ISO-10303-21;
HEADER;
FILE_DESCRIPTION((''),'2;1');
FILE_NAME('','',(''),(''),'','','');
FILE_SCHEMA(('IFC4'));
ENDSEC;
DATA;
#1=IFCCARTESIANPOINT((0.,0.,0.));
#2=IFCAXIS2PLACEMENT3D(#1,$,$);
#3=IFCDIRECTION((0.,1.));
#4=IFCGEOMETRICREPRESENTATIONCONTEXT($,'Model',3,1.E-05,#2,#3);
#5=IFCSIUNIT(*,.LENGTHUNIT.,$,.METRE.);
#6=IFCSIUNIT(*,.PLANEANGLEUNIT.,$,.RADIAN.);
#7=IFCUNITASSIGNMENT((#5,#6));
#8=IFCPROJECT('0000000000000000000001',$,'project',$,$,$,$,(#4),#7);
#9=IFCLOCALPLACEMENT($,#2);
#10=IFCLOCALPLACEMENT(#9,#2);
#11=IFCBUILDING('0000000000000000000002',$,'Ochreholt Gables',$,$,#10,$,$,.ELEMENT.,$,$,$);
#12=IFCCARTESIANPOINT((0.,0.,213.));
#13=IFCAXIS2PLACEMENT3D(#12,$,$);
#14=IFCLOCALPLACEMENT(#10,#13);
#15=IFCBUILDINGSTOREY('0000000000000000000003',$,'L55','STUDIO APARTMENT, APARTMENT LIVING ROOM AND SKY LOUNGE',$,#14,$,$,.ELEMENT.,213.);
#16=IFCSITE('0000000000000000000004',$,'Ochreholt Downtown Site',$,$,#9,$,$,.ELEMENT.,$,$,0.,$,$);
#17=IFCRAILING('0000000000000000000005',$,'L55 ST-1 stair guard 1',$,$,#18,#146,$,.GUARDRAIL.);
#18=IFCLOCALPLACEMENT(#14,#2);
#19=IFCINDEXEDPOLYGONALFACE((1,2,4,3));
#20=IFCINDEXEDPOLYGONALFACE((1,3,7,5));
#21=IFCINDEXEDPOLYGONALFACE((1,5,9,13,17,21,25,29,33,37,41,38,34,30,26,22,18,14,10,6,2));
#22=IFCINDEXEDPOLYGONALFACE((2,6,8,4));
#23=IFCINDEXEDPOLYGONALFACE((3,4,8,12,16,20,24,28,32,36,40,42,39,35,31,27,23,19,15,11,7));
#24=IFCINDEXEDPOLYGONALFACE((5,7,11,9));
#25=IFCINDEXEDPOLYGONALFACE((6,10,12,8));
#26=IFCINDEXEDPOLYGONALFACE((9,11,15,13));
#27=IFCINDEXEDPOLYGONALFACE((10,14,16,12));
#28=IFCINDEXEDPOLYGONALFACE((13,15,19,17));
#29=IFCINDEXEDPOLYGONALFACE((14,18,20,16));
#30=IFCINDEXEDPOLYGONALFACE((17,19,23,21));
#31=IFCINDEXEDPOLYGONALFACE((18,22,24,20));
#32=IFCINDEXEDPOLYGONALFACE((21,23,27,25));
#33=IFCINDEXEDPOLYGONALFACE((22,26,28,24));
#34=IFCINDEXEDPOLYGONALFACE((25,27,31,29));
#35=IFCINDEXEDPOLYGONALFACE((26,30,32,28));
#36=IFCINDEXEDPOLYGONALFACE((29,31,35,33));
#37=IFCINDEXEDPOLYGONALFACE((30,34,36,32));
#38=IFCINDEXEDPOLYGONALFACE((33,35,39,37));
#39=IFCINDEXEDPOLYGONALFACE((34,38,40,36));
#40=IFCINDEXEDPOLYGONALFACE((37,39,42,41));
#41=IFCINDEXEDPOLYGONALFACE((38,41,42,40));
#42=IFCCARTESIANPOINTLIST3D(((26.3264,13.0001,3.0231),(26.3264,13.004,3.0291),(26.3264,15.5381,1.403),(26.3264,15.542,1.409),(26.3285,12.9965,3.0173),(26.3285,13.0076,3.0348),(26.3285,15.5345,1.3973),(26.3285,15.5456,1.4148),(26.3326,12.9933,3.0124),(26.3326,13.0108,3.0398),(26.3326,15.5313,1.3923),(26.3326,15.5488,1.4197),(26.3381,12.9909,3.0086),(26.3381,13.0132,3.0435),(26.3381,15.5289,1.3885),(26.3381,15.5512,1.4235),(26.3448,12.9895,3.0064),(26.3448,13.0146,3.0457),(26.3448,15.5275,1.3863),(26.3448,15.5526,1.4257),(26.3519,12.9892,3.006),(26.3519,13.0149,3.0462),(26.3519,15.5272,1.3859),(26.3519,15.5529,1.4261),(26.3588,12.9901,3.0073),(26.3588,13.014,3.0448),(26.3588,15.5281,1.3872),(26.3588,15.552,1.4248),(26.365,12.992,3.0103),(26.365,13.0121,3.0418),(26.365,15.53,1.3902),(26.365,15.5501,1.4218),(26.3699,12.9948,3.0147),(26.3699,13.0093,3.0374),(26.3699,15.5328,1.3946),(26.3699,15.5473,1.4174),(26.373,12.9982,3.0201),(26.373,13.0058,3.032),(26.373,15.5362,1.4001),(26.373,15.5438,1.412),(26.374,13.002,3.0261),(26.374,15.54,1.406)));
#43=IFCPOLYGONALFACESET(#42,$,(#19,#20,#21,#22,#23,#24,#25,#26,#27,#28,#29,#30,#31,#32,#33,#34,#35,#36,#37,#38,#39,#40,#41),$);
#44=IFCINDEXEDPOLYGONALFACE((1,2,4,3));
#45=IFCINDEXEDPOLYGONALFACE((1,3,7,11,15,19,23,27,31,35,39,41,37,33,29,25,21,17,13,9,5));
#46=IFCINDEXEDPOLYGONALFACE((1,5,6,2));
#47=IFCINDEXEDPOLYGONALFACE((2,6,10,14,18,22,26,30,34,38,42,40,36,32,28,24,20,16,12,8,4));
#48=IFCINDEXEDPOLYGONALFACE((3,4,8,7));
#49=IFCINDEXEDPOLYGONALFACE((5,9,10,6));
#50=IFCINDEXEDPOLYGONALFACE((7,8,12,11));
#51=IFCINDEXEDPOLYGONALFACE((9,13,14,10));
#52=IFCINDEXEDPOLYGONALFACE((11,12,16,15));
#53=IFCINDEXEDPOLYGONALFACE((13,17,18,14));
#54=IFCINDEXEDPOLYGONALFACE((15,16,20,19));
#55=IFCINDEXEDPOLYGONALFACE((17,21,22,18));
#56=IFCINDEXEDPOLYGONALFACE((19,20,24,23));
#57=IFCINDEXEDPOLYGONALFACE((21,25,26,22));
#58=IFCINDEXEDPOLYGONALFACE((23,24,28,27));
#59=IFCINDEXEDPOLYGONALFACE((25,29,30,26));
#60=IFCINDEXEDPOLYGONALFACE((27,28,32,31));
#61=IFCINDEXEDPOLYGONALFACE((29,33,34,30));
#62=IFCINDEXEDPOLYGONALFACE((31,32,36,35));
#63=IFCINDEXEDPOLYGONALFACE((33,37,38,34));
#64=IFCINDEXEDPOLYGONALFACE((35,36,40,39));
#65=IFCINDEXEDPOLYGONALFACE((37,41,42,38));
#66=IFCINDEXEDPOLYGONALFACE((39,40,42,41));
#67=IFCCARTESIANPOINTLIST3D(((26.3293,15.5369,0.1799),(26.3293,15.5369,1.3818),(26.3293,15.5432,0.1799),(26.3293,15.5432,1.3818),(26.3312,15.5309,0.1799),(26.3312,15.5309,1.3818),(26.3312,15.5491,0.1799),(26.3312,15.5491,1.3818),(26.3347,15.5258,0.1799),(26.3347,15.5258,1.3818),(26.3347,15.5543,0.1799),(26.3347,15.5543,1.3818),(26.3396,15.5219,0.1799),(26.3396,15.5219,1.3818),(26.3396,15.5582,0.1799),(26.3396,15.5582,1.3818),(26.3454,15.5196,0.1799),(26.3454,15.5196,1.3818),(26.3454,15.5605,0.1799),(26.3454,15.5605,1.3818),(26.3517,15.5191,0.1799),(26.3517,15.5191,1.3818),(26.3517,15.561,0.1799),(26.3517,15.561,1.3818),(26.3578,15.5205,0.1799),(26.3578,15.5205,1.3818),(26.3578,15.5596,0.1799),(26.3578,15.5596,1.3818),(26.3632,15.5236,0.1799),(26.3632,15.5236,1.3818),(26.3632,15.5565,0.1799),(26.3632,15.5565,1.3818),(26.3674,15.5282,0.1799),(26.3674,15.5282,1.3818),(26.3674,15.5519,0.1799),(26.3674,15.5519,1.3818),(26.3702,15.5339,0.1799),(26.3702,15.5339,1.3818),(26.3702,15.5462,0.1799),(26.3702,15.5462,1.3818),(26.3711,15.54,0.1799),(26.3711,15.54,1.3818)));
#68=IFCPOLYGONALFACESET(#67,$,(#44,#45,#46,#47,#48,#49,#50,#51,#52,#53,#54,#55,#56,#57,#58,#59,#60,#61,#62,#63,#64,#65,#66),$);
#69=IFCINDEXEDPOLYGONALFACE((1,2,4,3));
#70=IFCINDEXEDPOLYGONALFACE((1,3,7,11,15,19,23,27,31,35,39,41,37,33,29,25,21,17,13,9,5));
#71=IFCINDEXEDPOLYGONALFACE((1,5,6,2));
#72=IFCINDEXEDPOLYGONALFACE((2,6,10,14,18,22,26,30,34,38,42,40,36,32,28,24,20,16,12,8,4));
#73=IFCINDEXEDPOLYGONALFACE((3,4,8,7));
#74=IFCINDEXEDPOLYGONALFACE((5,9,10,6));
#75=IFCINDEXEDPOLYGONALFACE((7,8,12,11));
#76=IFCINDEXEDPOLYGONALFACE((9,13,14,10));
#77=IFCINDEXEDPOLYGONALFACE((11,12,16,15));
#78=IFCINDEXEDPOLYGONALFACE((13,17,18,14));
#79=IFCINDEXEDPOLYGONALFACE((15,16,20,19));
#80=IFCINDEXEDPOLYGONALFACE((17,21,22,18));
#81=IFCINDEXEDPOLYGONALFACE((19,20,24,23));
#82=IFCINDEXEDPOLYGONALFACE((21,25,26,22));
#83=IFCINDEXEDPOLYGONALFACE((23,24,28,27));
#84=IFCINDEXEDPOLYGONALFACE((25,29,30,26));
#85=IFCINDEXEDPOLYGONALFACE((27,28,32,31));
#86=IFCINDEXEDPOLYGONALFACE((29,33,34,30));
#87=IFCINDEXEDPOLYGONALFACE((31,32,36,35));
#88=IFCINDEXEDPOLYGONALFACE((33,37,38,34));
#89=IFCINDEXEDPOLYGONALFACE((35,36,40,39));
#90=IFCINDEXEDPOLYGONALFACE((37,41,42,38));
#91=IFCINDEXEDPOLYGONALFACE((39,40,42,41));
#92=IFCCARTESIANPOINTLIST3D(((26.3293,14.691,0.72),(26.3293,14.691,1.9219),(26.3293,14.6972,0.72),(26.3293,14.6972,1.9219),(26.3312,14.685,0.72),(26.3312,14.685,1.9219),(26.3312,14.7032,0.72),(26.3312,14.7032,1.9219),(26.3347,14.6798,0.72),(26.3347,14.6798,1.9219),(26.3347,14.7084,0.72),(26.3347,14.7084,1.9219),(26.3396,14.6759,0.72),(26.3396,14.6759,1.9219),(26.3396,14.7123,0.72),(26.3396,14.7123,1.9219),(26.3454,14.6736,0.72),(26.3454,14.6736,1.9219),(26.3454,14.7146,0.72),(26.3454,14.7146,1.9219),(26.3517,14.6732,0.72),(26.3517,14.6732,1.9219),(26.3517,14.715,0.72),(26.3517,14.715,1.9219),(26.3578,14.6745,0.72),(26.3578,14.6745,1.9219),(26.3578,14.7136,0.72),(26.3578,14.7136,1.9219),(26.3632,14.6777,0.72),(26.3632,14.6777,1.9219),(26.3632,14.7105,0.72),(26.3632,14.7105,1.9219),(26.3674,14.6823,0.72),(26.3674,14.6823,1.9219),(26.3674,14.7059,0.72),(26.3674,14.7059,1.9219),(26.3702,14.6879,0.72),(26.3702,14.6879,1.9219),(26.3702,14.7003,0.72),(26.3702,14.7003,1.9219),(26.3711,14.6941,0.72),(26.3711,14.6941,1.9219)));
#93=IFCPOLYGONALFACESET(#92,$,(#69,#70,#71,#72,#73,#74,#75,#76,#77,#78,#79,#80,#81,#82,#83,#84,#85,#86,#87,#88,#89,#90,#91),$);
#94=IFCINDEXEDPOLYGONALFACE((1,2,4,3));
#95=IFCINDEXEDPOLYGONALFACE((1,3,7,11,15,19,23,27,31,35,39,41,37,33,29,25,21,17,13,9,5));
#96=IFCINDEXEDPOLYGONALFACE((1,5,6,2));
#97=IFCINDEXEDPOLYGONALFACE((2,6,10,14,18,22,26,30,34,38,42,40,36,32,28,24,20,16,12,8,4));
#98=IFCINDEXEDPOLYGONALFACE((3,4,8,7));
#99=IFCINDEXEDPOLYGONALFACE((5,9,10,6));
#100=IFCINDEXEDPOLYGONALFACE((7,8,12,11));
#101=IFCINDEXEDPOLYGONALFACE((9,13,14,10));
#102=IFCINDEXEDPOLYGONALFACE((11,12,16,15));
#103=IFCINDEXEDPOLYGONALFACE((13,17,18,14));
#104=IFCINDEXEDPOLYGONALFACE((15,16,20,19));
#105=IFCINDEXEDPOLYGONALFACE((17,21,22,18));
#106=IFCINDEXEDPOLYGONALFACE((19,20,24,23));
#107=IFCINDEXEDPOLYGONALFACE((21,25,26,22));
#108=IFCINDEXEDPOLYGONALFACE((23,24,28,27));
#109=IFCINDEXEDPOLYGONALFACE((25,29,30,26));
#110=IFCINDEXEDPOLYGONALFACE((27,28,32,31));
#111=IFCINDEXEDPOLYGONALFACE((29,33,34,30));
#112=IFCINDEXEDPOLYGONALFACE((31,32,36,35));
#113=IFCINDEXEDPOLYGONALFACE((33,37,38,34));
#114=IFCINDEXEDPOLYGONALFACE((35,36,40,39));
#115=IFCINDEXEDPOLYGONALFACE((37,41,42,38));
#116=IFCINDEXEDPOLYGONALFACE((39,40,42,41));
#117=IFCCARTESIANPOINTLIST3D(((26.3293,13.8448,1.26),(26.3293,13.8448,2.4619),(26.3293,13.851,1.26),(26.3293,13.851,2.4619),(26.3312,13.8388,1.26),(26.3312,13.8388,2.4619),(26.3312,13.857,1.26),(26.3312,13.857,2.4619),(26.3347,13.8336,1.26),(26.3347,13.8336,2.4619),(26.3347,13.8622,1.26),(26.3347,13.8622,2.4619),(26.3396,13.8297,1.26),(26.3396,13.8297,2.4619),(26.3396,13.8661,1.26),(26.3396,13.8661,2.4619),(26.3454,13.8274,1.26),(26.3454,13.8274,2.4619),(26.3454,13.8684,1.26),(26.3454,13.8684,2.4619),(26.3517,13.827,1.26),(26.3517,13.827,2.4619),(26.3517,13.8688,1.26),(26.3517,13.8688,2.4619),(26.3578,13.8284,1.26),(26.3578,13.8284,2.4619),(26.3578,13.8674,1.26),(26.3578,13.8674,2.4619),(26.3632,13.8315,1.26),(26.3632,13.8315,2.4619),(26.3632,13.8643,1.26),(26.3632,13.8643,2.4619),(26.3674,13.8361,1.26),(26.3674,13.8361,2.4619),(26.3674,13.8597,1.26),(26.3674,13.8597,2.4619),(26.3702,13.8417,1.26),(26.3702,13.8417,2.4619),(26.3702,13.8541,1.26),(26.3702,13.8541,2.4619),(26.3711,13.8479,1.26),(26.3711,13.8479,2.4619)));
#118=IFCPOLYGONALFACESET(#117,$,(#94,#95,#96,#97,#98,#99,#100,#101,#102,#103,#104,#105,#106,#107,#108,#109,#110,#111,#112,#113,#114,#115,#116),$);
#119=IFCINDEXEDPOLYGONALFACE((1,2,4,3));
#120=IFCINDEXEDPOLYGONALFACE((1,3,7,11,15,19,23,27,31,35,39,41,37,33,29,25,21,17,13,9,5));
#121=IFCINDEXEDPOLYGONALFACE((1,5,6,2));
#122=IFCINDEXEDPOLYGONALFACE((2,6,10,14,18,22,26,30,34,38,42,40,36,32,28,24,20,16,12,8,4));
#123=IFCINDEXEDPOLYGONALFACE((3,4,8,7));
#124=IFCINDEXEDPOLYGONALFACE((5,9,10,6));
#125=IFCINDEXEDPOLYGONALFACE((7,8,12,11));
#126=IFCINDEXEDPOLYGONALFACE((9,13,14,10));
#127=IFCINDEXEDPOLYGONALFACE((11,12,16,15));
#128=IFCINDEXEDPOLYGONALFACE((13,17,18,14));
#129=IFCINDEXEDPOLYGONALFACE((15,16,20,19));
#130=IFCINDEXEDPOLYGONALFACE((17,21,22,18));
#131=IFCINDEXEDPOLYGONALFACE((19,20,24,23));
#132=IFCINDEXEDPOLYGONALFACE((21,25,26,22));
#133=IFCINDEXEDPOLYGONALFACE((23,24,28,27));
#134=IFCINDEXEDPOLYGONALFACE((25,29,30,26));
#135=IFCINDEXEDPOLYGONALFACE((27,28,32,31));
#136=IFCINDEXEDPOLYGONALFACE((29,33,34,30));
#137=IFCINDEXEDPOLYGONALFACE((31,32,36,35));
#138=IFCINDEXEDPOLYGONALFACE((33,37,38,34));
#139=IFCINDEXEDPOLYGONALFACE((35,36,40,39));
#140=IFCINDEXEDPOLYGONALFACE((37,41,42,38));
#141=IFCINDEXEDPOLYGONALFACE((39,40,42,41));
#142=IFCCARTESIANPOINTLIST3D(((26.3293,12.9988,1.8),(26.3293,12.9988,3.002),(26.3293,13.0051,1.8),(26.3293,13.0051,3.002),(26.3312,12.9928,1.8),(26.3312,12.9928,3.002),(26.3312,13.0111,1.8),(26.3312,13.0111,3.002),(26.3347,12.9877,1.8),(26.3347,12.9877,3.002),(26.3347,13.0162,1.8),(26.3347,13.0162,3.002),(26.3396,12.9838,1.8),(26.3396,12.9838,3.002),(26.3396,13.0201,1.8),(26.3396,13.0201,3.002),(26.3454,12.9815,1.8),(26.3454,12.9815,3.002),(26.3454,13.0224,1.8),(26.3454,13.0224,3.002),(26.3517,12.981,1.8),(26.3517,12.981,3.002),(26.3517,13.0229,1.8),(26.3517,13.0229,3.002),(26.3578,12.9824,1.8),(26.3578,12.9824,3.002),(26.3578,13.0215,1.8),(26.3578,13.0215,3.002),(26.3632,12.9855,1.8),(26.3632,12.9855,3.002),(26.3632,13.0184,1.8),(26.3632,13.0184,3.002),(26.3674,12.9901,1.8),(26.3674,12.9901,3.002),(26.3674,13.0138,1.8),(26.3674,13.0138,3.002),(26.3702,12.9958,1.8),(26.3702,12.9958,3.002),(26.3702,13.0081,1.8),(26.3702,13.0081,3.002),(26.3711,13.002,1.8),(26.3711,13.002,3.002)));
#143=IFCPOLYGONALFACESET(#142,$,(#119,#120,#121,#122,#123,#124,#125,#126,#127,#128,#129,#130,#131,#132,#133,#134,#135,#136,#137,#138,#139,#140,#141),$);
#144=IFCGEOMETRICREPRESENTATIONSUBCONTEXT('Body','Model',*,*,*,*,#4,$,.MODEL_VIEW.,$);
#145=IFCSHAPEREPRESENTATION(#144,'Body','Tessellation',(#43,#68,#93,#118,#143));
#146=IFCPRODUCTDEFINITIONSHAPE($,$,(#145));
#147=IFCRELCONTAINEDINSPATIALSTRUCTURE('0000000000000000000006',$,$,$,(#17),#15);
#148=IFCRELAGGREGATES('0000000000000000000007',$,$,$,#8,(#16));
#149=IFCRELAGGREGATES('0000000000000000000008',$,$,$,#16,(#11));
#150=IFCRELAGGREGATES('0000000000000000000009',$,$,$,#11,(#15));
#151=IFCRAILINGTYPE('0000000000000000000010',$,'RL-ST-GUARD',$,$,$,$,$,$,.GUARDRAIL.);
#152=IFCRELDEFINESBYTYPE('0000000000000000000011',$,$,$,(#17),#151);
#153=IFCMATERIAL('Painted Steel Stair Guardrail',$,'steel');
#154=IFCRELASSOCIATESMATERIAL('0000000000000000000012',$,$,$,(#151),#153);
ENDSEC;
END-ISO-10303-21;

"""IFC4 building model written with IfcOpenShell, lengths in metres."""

from ifc_helpers import new_model, si_unit, direction, frame, origin, origin_2d, place, context, subcontext, project, spatial, circle, extrude, material, type_object, element, save


model = new_model("IFC4")

# Units and contexts
model_context = context("Model", 3, precision=1e-05, world=origin(), true_north=direction((0.0, 1.0)))
body_context = subcontext(model_context, "Body", "Model", "MODEL_VIEW")
ifc_project = project(units=[si_unit("LENGTHUNIT", "METRE"), si_unit("PLANEANGLEUNIT", "RADIAN")], contexts=[model_context])

# Site, building, storey
site_placement = place(None, origin())
site = spatial("IfcSite", under=ifc_project, at=site_placement, Name="Ochreholt Downtown Site", CompositionType="ELEMENT", RefElevation=0.0)
building_placement = place(site_placement, origin())
building = spatial("IfcBuilding", under=site, at=building_placement, Name="Ochreholt Gables", CompositionType="ELEMENT")
storey_placement = place(building_placement, frame((0.0, 0.0, 213.0)))
storey = spatial("IfcBuildingStorey", under=building, at=storey_placement, Name="L55", Description="STUDIO APARTMENT, APARTMENT LIVING ROOM AND SKY LOUNGE", CompositionType="ELEMENT", Elevation=213.0)

# Railing
ifc_material_1 = material(Name="Painted Steel Stair Guardrail", Category="steel")
railing_type_1 = type_object("IfcRailingType", Name="RL-ST-GUARD", PredefinedType="GUARDRAIL", material=ifc_material_1)
railing_1_placement = place(storey_placement, frame((26.3501, 15.54, 0.1799)))
element("IfcRailing", 1, at=railing_1_placement, inside=storey, type_object=railing_type_1, Name="L55 ST-1 stair guard 1", PredefinedType="GUARDRAIL", context=body_context, shape_type="SweptSolid", body=[
    extrude(circle(Radius=0.0239, at=origin_2d()), frame((0.0, 0.0, 1.2261), z_axis=(0.0, -0.842913, 0.53805), x_axis=(1.0, 0.0, 0.0)), (0.0, 0.0, 1.0), 3.011),
    extrude(circle(Radius=0.021, at=origin_2d()), origin(), (0.0, 0.0, 1.0), 1.2019),
    extrude(circle(Radius=0.021, at=origin_2d()), frame((0.0, -0.8459, 0.54)), (0.0, 0.0, 1.0), 1.2019),
    extrude(circle(Radius=0.021, at=origin_2d()), frame((0.0, -1.6921, 1.0801)), (0.0, 0.0, 1.0), 1.2019),
    extrude(circle(Radius=0.021, at=origin_2d()), frame((0.0, -2.5381, 1.6201)), (0.0, 0.0, 1.0), 1.2019),
])

save(model, "model.ifc")
